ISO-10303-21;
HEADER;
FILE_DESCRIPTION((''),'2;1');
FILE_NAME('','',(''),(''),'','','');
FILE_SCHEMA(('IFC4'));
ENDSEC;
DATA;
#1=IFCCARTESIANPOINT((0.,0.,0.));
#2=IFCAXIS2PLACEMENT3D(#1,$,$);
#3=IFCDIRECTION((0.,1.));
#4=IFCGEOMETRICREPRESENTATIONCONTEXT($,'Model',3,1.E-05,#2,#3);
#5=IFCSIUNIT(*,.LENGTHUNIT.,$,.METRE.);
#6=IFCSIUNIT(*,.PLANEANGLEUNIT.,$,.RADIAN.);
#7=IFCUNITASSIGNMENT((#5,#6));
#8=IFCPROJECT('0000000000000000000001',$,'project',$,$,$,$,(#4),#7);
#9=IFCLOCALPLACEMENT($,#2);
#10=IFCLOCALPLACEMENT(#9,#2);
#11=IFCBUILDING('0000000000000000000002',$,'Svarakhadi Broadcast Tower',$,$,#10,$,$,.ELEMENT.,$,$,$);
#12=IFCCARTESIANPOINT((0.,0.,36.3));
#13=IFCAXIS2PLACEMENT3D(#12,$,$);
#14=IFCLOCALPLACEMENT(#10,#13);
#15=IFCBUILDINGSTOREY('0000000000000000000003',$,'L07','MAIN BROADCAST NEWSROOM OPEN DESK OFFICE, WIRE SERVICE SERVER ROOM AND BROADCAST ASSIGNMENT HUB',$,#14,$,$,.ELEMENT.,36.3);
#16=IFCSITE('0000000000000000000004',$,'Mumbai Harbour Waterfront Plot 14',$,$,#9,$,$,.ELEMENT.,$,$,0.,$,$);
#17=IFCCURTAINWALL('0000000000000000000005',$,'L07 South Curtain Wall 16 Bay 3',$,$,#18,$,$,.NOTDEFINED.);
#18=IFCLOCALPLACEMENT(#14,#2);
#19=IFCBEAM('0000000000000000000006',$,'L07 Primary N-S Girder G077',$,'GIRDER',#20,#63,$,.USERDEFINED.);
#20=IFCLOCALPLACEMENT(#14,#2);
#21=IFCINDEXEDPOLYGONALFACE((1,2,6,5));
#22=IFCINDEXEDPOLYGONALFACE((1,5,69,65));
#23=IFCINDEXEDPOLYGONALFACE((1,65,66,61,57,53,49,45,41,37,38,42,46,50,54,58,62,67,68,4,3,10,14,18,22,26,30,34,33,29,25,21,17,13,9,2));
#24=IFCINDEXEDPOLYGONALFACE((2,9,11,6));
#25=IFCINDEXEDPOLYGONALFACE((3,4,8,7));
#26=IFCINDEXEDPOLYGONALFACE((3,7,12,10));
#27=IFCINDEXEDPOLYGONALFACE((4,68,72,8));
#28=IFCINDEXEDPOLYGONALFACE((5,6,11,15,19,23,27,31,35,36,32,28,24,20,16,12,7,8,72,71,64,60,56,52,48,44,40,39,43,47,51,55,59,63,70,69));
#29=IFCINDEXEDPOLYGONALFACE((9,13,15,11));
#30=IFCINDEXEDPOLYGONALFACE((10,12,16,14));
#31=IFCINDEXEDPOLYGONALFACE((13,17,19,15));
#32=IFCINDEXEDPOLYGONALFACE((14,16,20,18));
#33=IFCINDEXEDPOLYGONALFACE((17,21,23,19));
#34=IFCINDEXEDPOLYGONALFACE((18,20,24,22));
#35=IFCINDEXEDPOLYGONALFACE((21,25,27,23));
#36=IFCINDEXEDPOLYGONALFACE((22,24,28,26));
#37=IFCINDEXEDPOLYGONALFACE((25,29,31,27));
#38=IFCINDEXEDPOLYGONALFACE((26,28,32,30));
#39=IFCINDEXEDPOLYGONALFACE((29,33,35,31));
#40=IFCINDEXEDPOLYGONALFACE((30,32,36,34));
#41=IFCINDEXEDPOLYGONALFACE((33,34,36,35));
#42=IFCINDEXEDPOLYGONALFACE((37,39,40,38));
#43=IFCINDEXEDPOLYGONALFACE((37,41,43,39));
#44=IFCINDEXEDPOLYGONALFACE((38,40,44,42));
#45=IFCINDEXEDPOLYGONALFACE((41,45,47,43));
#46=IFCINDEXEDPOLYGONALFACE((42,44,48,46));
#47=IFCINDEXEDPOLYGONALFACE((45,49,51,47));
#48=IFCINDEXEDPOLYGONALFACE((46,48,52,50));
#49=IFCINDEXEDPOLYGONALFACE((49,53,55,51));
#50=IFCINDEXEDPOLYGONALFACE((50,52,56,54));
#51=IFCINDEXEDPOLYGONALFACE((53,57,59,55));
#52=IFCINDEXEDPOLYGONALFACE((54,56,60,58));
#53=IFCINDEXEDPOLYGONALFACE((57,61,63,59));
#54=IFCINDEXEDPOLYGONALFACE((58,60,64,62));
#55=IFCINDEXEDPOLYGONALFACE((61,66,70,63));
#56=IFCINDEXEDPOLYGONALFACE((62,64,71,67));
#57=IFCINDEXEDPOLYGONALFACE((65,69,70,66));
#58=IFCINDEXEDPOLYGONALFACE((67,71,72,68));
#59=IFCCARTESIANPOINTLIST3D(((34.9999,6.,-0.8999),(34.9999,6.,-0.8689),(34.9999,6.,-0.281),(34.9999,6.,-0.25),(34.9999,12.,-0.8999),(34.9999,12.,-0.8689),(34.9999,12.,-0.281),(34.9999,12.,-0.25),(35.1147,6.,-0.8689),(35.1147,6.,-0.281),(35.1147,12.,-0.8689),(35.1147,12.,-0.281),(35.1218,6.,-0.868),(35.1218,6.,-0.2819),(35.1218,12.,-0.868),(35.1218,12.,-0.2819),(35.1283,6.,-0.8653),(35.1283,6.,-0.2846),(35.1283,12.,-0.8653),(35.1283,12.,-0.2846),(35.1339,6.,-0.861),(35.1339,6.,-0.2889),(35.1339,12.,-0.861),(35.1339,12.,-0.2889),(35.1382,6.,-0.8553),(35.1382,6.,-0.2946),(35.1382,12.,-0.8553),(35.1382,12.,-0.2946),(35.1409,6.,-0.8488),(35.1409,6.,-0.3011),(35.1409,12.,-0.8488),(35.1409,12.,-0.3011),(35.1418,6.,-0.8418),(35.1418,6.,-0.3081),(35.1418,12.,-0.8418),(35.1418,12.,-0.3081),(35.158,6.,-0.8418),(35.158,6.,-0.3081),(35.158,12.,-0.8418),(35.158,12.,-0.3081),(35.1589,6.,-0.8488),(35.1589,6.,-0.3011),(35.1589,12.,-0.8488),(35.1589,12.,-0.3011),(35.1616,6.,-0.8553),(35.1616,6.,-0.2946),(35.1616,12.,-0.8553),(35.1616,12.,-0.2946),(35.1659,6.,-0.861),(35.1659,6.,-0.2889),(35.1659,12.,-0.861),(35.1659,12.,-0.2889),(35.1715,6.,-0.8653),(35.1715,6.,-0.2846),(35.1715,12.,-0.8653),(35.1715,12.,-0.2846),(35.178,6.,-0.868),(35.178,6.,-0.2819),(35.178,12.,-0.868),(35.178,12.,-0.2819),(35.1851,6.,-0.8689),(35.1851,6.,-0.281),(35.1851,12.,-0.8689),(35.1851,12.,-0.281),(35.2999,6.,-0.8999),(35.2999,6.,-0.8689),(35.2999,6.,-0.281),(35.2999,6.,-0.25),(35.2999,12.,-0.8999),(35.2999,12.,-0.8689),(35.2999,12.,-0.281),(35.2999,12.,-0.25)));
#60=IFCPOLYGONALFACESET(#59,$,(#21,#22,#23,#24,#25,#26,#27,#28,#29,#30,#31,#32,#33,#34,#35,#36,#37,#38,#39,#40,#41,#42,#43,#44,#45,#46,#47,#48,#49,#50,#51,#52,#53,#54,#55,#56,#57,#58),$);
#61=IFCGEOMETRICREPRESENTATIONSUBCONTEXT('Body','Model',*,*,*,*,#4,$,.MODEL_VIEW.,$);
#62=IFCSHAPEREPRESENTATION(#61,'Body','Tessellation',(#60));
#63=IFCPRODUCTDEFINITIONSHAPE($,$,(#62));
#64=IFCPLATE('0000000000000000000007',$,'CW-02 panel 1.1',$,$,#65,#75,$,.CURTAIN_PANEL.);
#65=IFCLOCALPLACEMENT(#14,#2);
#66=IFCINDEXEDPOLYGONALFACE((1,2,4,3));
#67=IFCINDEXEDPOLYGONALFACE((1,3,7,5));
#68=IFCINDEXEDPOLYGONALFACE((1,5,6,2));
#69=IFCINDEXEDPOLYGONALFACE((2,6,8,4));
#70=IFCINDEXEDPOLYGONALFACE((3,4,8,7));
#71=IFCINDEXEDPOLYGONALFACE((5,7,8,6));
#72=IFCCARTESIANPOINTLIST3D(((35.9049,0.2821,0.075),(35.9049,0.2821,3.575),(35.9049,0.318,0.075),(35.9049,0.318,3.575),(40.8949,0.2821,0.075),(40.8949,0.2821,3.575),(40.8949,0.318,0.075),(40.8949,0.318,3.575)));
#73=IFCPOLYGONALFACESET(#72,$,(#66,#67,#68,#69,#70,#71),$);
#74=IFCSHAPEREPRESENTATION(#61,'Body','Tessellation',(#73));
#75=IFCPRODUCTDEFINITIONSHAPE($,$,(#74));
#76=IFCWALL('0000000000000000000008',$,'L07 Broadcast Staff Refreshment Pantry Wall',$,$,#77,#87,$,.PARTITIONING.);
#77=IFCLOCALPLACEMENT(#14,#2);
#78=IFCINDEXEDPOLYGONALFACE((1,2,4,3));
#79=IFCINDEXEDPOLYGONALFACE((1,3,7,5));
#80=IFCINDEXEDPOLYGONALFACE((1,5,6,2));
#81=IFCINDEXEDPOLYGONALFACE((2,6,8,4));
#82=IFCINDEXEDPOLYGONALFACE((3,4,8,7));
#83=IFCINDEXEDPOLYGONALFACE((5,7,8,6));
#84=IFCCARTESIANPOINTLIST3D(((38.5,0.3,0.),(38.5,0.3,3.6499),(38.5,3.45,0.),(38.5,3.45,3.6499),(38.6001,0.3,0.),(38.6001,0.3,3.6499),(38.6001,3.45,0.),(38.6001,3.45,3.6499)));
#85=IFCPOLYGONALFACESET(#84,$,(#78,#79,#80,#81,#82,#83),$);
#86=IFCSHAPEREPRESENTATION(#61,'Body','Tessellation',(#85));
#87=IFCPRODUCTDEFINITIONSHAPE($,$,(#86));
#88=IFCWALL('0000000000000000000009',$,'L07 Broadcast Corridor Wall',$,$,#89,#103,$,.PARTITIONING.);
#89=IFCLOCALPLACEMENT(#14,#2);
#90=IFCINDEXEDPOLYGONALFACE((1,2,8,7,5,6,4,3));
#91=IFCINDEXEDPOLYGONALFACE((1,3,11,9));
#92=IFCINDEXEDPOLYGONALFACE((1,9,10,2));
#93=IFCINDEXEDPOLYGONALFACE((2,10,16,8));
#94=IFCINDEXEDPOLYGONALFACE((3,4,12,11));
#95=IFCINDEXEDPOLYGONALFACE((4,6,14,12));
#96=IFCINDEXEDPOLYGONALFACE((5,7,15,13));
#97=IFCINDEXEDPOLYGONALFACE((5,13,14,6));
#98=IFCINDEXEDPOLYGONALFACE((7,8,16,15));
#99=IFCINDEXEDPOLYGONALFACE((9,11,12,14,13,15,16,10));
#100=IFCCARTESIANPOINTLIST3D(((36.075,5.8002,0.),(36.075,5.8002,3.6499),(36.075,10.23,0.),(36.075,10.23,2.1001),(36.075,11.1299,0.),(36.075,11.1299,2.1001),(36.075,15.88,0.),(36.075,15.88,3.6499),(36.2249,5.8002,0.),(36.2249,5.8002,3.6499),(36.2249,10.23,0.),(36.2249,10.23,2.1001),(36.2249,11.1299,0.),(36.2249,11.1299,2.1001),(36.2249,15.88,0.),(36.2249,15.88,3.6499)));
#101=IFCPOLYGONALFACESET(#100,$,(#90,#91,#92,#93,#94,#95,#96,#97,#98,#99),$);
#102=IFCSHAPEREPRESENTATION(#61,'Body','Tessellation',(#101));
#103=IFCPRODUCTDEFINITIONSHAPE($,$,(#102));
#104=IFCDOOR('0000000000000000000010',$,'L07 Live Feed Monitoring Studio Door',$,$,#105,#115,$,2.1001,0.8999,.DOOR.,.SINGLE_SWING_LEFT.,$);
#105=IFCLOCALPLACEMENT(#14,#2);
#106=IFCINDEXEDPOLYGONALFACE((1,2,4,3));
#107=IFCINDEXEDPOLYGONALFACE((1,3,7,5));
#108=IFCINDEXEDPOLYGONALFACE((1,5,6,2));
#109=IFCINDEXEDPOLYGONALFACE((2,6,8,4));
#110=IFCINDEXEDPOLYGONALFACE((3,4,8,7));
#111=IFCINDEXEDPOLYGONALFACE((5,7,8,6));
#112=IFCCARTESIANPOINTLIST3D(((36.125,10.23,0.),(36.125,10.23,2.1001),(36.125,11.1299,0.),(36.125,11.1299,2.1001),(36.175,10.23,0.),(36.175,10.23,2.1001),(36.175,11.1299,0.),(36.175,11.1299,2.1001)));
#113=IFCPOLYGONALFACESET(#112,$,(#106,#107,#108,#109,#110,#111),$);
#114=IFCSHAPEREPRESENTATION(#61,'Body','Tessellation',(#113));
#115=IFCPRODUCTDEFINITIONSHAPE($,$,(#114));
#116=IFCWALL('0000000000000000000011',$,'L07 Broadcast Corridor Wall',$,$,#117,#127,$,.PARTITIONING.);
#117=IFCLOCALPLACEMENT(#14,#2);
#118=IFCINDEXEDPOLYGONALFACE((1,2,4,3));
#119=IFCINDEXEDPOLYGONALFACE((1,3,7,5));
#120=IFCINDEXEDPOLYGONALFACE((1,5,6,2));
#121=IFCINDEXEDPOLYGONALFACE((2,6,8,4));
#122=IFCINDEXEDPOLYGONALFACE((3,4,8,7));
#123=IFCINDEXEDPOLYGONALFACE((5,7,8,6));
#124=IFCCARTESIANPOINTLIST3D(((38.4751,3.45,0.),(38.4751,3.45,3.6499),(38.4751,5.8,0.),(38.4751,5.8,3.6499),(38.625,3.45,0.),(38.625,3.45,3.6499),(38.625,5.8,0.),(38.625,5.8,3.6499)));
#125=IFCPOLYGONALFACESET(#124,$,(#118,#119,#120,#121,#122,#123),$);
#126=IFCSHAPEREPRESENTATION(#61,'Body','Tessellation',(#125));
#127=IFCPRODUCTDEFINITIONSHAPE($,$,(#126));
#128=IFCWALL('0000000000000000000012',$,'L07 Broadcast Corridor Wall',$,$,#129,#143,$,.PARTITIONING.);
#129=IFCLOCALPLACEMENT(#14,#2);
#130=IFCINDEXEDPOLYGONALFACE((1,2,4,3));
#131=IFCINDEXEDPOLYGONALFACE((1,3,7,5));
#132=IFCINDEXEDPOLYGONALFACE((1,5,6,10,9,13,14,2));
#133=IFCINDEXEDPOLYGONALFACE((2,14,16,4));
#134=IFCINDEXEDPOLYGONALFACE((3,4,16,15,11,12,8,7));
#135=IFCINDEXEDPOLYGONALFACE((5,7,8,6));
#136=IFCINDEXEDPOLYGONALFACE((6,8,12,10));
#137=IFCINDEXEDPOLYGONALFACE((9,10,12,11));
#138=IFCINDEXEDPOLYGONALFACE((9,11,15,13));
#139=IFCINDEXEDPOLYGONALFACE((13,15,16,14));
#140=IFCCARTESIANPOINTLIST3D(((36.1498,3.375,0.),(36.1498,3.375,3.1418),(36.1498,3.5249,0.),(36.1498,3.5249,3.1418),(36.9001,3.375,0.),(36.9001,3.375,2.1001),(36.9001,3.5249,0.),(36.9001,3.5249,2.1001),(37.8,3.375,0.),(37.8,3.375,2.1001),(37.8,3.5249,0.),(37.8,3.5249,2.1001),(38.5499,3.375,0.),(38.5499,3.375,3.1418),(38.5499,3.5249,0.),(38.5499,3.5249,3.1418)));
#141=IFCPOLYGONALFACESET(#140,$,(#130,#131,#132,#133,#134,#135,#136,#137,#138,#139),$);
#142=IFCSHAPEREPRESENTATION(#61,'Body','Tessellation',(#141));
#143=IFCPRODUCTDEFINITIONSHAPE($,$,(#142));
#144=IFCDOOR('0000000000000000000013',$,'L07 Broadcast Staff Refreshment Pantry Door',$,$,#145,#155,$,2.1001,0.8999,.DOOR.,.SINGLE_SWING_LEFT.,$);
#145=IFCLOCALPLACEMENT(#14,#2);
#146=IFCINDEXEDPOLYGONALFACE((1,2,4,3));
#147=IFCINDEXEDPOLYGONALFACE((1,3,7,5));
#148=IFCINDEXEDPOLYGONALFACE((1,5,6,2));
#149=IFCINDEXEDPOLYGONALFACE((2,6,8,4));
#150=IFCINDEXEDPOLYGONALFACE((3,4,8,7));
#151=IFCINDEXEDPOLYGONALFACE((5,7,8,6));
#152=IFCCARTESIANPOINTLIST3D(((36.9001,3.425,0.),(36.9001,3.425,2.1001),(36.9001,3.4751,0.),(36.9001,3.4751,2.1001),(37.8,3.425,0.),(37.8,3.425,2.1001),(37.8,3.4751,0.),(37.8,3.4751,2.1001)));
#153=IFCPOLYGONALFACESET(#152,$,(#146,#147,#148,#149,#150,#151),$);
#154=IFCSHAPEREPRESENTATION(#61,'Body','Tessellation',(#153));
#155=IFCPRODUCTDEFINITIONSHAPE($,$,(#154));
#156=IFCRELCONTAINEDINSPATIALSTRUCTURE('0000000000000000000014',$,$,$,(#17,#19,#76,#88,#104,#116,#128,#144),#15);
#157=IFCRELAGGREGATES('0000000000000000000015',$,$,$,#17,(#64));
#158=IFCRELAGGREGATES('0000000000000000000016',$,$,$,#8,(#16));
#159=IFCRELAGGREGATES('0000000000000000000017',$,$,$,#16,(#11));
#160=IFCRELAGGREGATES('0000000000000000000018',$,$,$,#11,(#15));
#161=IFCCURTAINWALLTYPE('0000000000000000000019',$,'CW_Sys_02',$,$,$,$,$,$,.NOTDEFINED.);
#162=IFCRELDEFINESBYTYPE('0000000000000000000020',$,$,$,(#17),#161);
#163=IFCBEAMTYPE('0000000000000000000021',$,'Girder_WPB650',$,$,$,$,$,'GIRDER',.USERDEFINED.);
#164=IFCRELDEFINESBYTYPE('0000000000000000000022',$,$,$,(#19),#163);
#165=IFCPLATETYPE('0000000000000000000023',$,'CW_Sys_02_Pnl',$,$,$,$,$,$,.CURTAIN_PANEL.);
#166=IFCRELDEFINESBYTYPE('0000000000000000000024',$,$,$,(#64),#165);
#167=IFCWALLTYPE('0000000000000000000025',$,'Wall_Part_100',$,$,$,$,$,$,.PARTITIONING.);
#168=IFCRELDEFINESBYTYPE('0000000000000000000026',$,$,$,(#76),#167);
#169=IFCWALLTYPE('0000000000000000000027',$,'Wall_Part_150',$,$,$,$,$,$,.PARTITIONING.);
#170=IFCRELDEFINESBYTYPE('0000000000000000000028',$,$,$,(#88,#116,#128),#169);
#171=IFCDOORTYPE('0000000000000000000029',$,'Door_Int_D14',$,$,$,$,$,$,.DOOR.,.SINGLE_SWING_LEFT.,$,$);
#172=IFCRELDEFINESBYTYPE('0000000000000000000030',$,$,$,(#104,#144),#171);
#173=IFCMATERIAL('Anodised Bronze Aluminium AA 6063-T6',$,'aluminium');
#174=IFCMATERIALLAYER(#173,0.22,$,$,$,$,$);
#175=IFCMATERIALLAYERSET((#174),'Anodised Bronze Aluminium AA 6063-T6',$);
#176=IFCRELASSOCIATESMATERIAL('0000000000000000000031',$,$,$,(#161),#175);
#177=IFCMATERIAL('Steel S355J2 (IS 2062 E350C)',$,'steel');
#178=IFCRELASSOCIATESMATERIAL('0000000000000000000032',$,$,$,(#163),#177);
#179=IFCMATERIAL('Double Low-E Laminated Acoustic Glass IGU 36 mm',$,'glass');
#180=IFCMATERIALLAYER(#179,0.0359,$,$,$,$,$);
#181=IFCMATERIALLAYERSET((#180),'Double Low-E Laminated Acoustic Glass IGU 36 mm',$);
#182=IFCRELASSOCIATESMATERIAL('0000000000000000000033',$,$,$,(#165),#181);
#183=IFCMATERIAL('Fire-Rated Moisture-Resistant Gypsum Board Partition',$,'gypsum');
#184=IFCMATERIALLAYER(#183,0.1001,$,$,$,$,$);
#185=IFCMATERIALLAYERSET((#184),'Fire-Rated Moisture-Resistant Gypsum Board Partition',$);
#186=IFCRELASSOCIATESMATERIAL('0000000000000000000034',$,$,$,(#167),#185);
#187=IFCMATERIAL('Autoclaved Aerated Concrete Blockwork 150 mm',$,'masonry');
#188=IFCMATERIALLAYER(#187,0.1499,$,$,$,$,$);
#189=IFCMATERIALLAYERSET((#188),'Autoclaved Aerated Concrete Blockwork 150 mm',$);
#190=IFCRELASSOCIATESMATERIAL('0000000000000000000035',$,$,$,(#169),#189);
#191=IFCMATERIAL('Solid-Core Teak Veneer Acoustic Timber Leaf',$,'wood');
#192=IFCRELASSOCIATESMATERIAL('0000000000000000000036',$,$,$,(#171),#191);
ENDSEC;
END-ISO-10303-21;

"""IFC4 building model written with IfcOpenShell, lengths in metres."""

from ifc_helpers import new_model, si_unit, direction, frame, frame_2d, origin, origin_2d, place, context, subcontext, project, spatial, rectangle, i_section, extrude, material, layer, layer_set, material_profile, profile_set, type_object, element, fill, aggregate, save


model = new_model("IFC4")

# Units and contexts
model_context = context("Model", 3, precision=1e-05, world=origin(), true_north=direction((0.0, 1.0)))
body_context = subcontext(model_context, "Body", "Model", "MODEL_VIEW")
ifc_project = project(units=[si_unit("LENGTHUNIT", "METRE"), si_unit("PLANEANGLEUNIT", "RADIAN")], contexts=[model_context])

# Site, building, storey
site_placement = place(None, origin())
site = spatial("IfcSite", under=ifc_project, at=site_placement, Name="Mumbai Harbour Waterfront Plot 14", CompositionType="ELEMENT", RefElevation=0.0)
building_placement = place(site_placement, origin())
building = spatial("IfcBuilding", under=site, at=building_placement, Name="Svarakhadi Broadcast Tower", CompositionType="ELEMENT")
storey_placement = place(building_placement, frame((0.0, 0.0, 36.3)))
storey = spatial("IfcBuildingStorey", under=building, at=storey_placement, Name="L07", Description="MAIN BROADCAST NEWSROOM OPEN DESK OFFICE, WIRE SERVICE SERVER ROOM AND BROADCAST ASSIGNMENT HUB", CompositionType="ELEMENT", Elevation=36.3)

# Shared definitions
ifc_material_1 = material(Name="Steel S355J2 (IS 2062 E350C)", Category="steel")

# Curtain wall
ifc_material_2 = material(Name="Anodised Bronze Aluminium AA 6063-T6", Category="aluminium")
ifc_layer_1 = layer(ifc_material_2, 0.22)
ifc_layer_set_1 = layer_set([ifc_layer_1], Name="Anodised Bronze Aluminium AA 6063-T6")
curtain_wall_type = type_object("IfcCurtainWallType", Name="CW_Sys_02", PredefinedType="NOTDEFINED", material=ifc_layer_set_1)
curtain_wall_placement = place(storey_placement, origin())
curtain_wall = element("IfcCurtainWall", 1, at=curtain_wall_placement, inside=storey, type_object=curtain_wall_type, Name="L07 South Curtain Wall 16 Bay 3", PredefinedType="NOTDEFINED")

# Beam
ifc_material_profile_1 = material_profile(ifc_material_1, i_section(OverallWidth=0.3, OverallDepth=0.6499, WebThickness=0.0161, FlangeThickness=0.031, FilletRadius=0.0271, at=origin_2d()), Name="WPB 650x300x225")
ifc_profile_set_1 = profile_set([ifc_material_profile_1], Name="Steel S355J2 (IS 2062 E350C)")
beam_type_1 = type_object("IfcBeamType", Name="Girder_WPB650", ElementType="GIRDER", PredefinedType="USERDEFINED", material=ifc_profile_set_1)
for number, where, z_axis, x_axis, name in (
    (2, (35.1499, 6.0, -0.575), (0.0, 1.0, 0.0), (-1.0, 0.0, 0.0), "L07 Primary N-S Girder G077"),
):
    element("IfcBeam", number, at=place(storey_placement, frame(where, z_axis=z_axis, x_axis=x_axis)), inside=storey, type_object=beam_type_1, Name=name, ObjectType="GIRDER", PredefinedType="USERDEFINED", context=body_context, shape_type="SweptSolid", body=[
        extrude(i_section(OverallWidth=0.3, OverallDepth=0.6499, WebThickness=0.0161, FlangeThickness=0.031, FilletRadius=0.0271, at=origin_2d()), origin(), (0.0, 0.0, 1.0), 6.0),
    ])

# Plate
ifc_material_3 = material(Name="Double Low-E Laminated Acoustic Glass IGU 36 mm", Category="glass")
ifc_layer_2 = layer(ifc_material_3, 0.0359)
ifc_layer_set_2 = layer_set([ifc_layer_2], Name="Double Low-E Laminated Acoustic Glass IGU 36 mm")
plate_type = type_object("IfcPlateType", Name="CW_Sys_02_Pnl", PredefinedType="CURTAIN_PANEL", material=ifc_layer_set_2)
plate_placement = place(storey_placement, frame((38.3999, 0.3, 0.075), z_axis=(0.0, 0.0, 1.0), x_axis=(-1.0, 0.0, 0.0)))
plate = element("IfcPlate", 3, at=plate_placement, type_object=plate_type, Name="CW-02 panel 1.1", PredefinedType="CURTAIN_PANEL", context=body_context, shape_type="SweptSolid", body=[
    extrude(rectangle(XDim=4.99, YDim=0.0359, at=origin_2d()), origin(), (0.0, 0.0, 1.0), 3.5),
])
aggregate(curtain_wall, [plate])

# Wall
ifc_material_4 = material(Name="Fire-Rated Moisture-Resistant Gypsum Board Partition", Category="gypsum")
ifc_layer_3 = layer(ifc_material_4, 0.1001)
ifc_layer_set_3 = layer_set([ifc_layer_3], Name="Fire-Rated Moisture-Resistant Gypsum Board Partition")
wall_type_1 = type_object("IfcWallType", Name="Wall_Part_100", PredefinedType="PARTITIONING", material=ifc_layer_set_3)
wall_1_placement = place(storey_placement, frame((38.55, 0.3, 0.0), z_axis=(0.0, 0.0, 1.0), x_axis=(0.0, 1.0, 0.0)))
element("IfcWall", 4, at=wall_1_placement, inside=storey, type_object=wall_type_1, Name="L07 Broadcast Staff Refreshment Pantry Wall", PredefinedType="PARTITIONING", context=body_context, shape_type="SweptSolid", body=[
    extrude(rectangle(XDim=3.1499, YDim=0.1001, at=frame_2d((1.575, 0.0))), origin(), (0.0, 0.0, 1.0), 3.6499),
])

# Wall, opening, door
ifc_material_5 = material(Name="Autoclaved Aerated Concrete Blockwork 150 mm", Category="masonry")
ifc_layer_4 = layer(ifc_material_5, 0.1499)
ifc_layer_set_4 = layer_set([ifc_layer_4], Name="Autoclaved Aerated Concrete Blockwork 150 mm")
wall_type_2 = type_object("IfcWallType", Name="Wall_Part_150", PredefinedType="PARTITIONING", material=ifc_layer_set_4)
wall_2_placement = place(storey_placement, frame((36.1499, 5.8, 0.0), z_axis=(0.0, 0.0, 1.0), x_axis=(0.0, 1.0, 0.0)))
wall_2 = element("IfcWall", 5, at=wall_2_placement, inside=storey, type_object=wall_type_2, Name="L07 Broadcast Corridor Wall", PredefinedType="PARTITIONING", context=body_context, shape_type="SweptSolid", body=[
    extrude(rectangle(XDim=10.0798, YDim=0.1499, at=frame_2d((5.04, 0.0))), origin(), (0.0, 0.0, 1.0), 3.6499),
])
opening_1_placement = place(wall_2_placement, frame((4.4299, 0.0, 0.0)))
opening_1 = element("IfcOpeningElement", 6, at=opening_1_placement, cuts=wall_2, PredefinedType="OPENING", context=body_context, shape_type="SweptSolid", body=[
    extrude(rectangle(XDim=0.8999, YDim=2.1001, at=frame_2d((0.45, 1.05))), frame((0.0, 0.085, 0.0), z_axis=(0.0, -1.0, 0.0), x_axis=(1.0, 0.0, 0.0)), (0.0, 0.0, 1.0), 0.1699),
])
ifc_material_6 = material(Name="Solid-Core Teak Veneer Acoustic Timber Leaf", Category="wood")
door_type_1 = type_object("IfcDoorType", Name="Door_Int_D14", OperationType="SINGLE_SWING_LEFT", PredefinedType="DOOR", material=ifc_material_6)
door_1_placement = place(opening_1_placement, origin())
door_1 = element("IfcDoor", 7, at=door_1_placement, inside=storey, type_object=door_type_1, Name="L07 Live Feed Monitoring Studio Door", OperationType="SINGLE_SWING_LEFT", OverallHeight=2.1001, OverallWidth=0.8999, PredefinedType="DOOR", context=body_context, shape_type="SweptSolid", body=[
    extrude(rectangle(XDim=0.8999, YDim=2.1001, at=frame_2d((0.45, 1.05))), frame((0.0, 0.0249, 0.0), z_axis=(0.0, -1.0, 0.0), x_axis=(1.0, 0.0, 0.0)), (0.0, 0.0, 1.0), 0.05),
])
fill(opening_1, door_1)

# Wall
wall_3_placement = place(storey_placement, frame((38.55, 5.8, 0.0), z_axis=(0.0, 0.0, 1.0), x_axis=(0.0, -1.0, 0.0)))
element("IfcWall", 8, at=wall_3_placement, inside=storey, type_object=wall_type_2, Name="L07 Broadcast Corridor Wall", PredefinedType="PARTITIONING", context=body_context, shape_type="SweptSolid", body=[
    extrude(rectangle(XDim=2.3501, YDim=0.1499, at=frame_2d((1.175, 0.0))), origin(), (0.0, 0.0, 1.0), 3.6499),
])

# Wall, opening, door
wall_4_placement = place(storey_placement, frame((38.55, 3.45, 0.0), z_axis=(0.0, 0.0, 1.0), x_axis=(-1.0, 0.0, 0.0)))
wall_4 = element("IfcWall", 9, at=wall_4_placement, inside=storey, type_object=wall_type_2, Name="L07 Broadcast Corridor Wall", PredefinedType="PARTITIONING", context=body_context, shape_type="SweptSolid", body=[
    extrude(rectangle(XDim=2.4001, YDim=0.1499, at=frame_2d((1.2002, 0.0))), origin(), (0.0, 0.0, 1.0), 3.1418),
])
opening_2_placement = place(wall_4_placement, frame((0.75, 0.0, 0.0)))
opening_2 = element("IfcOpeningElement", 10, at=opening_2_placement, cuts=wall_4, PredefinedType="OPENING", context=body_context, shape_type="SweptSolid", body=[
    extrude(rectangle(XDim=0.8999, YDim=2.1001, at=frame_2d((0.45, 1.05))), frame((0.0, 0.085, 0.0), z_axis=(0.0, -1.0, 0.0), x_axis=(1.0, 0.0, 0.0)), (0.0, 0.0, 1.0), 0.1699),
])
door_2_placement = place(opening_2_placement, origin())
door_2 = element("IfcDoor", 11, at=door_2_placement, inside=storey, type_object=door_type_1, Name="L07 Broadcast Staff Refreshment Pantry Door", OperationType="SINGLE_SWING_LEFT", OverallHeight=2.1001, OverallWidth=0.8999, PredefinedType="DOOR", context=body_context, shape_type="SweptSolid", body=[
    extrude(rectangle(XDim=0.8999, YDim=2.1001, at=frame_2d((0.45, 1.05))), frame((0.0, 0.0249, 0.0), z_axis=(0.0, -1.0, 0.0), x_axis=(1.0, 0.0, 0.0)), (0.0, 0.0, 1.0), 0.05),
])
fill(opening_2, door_2)

save(model, "model.ifc")
